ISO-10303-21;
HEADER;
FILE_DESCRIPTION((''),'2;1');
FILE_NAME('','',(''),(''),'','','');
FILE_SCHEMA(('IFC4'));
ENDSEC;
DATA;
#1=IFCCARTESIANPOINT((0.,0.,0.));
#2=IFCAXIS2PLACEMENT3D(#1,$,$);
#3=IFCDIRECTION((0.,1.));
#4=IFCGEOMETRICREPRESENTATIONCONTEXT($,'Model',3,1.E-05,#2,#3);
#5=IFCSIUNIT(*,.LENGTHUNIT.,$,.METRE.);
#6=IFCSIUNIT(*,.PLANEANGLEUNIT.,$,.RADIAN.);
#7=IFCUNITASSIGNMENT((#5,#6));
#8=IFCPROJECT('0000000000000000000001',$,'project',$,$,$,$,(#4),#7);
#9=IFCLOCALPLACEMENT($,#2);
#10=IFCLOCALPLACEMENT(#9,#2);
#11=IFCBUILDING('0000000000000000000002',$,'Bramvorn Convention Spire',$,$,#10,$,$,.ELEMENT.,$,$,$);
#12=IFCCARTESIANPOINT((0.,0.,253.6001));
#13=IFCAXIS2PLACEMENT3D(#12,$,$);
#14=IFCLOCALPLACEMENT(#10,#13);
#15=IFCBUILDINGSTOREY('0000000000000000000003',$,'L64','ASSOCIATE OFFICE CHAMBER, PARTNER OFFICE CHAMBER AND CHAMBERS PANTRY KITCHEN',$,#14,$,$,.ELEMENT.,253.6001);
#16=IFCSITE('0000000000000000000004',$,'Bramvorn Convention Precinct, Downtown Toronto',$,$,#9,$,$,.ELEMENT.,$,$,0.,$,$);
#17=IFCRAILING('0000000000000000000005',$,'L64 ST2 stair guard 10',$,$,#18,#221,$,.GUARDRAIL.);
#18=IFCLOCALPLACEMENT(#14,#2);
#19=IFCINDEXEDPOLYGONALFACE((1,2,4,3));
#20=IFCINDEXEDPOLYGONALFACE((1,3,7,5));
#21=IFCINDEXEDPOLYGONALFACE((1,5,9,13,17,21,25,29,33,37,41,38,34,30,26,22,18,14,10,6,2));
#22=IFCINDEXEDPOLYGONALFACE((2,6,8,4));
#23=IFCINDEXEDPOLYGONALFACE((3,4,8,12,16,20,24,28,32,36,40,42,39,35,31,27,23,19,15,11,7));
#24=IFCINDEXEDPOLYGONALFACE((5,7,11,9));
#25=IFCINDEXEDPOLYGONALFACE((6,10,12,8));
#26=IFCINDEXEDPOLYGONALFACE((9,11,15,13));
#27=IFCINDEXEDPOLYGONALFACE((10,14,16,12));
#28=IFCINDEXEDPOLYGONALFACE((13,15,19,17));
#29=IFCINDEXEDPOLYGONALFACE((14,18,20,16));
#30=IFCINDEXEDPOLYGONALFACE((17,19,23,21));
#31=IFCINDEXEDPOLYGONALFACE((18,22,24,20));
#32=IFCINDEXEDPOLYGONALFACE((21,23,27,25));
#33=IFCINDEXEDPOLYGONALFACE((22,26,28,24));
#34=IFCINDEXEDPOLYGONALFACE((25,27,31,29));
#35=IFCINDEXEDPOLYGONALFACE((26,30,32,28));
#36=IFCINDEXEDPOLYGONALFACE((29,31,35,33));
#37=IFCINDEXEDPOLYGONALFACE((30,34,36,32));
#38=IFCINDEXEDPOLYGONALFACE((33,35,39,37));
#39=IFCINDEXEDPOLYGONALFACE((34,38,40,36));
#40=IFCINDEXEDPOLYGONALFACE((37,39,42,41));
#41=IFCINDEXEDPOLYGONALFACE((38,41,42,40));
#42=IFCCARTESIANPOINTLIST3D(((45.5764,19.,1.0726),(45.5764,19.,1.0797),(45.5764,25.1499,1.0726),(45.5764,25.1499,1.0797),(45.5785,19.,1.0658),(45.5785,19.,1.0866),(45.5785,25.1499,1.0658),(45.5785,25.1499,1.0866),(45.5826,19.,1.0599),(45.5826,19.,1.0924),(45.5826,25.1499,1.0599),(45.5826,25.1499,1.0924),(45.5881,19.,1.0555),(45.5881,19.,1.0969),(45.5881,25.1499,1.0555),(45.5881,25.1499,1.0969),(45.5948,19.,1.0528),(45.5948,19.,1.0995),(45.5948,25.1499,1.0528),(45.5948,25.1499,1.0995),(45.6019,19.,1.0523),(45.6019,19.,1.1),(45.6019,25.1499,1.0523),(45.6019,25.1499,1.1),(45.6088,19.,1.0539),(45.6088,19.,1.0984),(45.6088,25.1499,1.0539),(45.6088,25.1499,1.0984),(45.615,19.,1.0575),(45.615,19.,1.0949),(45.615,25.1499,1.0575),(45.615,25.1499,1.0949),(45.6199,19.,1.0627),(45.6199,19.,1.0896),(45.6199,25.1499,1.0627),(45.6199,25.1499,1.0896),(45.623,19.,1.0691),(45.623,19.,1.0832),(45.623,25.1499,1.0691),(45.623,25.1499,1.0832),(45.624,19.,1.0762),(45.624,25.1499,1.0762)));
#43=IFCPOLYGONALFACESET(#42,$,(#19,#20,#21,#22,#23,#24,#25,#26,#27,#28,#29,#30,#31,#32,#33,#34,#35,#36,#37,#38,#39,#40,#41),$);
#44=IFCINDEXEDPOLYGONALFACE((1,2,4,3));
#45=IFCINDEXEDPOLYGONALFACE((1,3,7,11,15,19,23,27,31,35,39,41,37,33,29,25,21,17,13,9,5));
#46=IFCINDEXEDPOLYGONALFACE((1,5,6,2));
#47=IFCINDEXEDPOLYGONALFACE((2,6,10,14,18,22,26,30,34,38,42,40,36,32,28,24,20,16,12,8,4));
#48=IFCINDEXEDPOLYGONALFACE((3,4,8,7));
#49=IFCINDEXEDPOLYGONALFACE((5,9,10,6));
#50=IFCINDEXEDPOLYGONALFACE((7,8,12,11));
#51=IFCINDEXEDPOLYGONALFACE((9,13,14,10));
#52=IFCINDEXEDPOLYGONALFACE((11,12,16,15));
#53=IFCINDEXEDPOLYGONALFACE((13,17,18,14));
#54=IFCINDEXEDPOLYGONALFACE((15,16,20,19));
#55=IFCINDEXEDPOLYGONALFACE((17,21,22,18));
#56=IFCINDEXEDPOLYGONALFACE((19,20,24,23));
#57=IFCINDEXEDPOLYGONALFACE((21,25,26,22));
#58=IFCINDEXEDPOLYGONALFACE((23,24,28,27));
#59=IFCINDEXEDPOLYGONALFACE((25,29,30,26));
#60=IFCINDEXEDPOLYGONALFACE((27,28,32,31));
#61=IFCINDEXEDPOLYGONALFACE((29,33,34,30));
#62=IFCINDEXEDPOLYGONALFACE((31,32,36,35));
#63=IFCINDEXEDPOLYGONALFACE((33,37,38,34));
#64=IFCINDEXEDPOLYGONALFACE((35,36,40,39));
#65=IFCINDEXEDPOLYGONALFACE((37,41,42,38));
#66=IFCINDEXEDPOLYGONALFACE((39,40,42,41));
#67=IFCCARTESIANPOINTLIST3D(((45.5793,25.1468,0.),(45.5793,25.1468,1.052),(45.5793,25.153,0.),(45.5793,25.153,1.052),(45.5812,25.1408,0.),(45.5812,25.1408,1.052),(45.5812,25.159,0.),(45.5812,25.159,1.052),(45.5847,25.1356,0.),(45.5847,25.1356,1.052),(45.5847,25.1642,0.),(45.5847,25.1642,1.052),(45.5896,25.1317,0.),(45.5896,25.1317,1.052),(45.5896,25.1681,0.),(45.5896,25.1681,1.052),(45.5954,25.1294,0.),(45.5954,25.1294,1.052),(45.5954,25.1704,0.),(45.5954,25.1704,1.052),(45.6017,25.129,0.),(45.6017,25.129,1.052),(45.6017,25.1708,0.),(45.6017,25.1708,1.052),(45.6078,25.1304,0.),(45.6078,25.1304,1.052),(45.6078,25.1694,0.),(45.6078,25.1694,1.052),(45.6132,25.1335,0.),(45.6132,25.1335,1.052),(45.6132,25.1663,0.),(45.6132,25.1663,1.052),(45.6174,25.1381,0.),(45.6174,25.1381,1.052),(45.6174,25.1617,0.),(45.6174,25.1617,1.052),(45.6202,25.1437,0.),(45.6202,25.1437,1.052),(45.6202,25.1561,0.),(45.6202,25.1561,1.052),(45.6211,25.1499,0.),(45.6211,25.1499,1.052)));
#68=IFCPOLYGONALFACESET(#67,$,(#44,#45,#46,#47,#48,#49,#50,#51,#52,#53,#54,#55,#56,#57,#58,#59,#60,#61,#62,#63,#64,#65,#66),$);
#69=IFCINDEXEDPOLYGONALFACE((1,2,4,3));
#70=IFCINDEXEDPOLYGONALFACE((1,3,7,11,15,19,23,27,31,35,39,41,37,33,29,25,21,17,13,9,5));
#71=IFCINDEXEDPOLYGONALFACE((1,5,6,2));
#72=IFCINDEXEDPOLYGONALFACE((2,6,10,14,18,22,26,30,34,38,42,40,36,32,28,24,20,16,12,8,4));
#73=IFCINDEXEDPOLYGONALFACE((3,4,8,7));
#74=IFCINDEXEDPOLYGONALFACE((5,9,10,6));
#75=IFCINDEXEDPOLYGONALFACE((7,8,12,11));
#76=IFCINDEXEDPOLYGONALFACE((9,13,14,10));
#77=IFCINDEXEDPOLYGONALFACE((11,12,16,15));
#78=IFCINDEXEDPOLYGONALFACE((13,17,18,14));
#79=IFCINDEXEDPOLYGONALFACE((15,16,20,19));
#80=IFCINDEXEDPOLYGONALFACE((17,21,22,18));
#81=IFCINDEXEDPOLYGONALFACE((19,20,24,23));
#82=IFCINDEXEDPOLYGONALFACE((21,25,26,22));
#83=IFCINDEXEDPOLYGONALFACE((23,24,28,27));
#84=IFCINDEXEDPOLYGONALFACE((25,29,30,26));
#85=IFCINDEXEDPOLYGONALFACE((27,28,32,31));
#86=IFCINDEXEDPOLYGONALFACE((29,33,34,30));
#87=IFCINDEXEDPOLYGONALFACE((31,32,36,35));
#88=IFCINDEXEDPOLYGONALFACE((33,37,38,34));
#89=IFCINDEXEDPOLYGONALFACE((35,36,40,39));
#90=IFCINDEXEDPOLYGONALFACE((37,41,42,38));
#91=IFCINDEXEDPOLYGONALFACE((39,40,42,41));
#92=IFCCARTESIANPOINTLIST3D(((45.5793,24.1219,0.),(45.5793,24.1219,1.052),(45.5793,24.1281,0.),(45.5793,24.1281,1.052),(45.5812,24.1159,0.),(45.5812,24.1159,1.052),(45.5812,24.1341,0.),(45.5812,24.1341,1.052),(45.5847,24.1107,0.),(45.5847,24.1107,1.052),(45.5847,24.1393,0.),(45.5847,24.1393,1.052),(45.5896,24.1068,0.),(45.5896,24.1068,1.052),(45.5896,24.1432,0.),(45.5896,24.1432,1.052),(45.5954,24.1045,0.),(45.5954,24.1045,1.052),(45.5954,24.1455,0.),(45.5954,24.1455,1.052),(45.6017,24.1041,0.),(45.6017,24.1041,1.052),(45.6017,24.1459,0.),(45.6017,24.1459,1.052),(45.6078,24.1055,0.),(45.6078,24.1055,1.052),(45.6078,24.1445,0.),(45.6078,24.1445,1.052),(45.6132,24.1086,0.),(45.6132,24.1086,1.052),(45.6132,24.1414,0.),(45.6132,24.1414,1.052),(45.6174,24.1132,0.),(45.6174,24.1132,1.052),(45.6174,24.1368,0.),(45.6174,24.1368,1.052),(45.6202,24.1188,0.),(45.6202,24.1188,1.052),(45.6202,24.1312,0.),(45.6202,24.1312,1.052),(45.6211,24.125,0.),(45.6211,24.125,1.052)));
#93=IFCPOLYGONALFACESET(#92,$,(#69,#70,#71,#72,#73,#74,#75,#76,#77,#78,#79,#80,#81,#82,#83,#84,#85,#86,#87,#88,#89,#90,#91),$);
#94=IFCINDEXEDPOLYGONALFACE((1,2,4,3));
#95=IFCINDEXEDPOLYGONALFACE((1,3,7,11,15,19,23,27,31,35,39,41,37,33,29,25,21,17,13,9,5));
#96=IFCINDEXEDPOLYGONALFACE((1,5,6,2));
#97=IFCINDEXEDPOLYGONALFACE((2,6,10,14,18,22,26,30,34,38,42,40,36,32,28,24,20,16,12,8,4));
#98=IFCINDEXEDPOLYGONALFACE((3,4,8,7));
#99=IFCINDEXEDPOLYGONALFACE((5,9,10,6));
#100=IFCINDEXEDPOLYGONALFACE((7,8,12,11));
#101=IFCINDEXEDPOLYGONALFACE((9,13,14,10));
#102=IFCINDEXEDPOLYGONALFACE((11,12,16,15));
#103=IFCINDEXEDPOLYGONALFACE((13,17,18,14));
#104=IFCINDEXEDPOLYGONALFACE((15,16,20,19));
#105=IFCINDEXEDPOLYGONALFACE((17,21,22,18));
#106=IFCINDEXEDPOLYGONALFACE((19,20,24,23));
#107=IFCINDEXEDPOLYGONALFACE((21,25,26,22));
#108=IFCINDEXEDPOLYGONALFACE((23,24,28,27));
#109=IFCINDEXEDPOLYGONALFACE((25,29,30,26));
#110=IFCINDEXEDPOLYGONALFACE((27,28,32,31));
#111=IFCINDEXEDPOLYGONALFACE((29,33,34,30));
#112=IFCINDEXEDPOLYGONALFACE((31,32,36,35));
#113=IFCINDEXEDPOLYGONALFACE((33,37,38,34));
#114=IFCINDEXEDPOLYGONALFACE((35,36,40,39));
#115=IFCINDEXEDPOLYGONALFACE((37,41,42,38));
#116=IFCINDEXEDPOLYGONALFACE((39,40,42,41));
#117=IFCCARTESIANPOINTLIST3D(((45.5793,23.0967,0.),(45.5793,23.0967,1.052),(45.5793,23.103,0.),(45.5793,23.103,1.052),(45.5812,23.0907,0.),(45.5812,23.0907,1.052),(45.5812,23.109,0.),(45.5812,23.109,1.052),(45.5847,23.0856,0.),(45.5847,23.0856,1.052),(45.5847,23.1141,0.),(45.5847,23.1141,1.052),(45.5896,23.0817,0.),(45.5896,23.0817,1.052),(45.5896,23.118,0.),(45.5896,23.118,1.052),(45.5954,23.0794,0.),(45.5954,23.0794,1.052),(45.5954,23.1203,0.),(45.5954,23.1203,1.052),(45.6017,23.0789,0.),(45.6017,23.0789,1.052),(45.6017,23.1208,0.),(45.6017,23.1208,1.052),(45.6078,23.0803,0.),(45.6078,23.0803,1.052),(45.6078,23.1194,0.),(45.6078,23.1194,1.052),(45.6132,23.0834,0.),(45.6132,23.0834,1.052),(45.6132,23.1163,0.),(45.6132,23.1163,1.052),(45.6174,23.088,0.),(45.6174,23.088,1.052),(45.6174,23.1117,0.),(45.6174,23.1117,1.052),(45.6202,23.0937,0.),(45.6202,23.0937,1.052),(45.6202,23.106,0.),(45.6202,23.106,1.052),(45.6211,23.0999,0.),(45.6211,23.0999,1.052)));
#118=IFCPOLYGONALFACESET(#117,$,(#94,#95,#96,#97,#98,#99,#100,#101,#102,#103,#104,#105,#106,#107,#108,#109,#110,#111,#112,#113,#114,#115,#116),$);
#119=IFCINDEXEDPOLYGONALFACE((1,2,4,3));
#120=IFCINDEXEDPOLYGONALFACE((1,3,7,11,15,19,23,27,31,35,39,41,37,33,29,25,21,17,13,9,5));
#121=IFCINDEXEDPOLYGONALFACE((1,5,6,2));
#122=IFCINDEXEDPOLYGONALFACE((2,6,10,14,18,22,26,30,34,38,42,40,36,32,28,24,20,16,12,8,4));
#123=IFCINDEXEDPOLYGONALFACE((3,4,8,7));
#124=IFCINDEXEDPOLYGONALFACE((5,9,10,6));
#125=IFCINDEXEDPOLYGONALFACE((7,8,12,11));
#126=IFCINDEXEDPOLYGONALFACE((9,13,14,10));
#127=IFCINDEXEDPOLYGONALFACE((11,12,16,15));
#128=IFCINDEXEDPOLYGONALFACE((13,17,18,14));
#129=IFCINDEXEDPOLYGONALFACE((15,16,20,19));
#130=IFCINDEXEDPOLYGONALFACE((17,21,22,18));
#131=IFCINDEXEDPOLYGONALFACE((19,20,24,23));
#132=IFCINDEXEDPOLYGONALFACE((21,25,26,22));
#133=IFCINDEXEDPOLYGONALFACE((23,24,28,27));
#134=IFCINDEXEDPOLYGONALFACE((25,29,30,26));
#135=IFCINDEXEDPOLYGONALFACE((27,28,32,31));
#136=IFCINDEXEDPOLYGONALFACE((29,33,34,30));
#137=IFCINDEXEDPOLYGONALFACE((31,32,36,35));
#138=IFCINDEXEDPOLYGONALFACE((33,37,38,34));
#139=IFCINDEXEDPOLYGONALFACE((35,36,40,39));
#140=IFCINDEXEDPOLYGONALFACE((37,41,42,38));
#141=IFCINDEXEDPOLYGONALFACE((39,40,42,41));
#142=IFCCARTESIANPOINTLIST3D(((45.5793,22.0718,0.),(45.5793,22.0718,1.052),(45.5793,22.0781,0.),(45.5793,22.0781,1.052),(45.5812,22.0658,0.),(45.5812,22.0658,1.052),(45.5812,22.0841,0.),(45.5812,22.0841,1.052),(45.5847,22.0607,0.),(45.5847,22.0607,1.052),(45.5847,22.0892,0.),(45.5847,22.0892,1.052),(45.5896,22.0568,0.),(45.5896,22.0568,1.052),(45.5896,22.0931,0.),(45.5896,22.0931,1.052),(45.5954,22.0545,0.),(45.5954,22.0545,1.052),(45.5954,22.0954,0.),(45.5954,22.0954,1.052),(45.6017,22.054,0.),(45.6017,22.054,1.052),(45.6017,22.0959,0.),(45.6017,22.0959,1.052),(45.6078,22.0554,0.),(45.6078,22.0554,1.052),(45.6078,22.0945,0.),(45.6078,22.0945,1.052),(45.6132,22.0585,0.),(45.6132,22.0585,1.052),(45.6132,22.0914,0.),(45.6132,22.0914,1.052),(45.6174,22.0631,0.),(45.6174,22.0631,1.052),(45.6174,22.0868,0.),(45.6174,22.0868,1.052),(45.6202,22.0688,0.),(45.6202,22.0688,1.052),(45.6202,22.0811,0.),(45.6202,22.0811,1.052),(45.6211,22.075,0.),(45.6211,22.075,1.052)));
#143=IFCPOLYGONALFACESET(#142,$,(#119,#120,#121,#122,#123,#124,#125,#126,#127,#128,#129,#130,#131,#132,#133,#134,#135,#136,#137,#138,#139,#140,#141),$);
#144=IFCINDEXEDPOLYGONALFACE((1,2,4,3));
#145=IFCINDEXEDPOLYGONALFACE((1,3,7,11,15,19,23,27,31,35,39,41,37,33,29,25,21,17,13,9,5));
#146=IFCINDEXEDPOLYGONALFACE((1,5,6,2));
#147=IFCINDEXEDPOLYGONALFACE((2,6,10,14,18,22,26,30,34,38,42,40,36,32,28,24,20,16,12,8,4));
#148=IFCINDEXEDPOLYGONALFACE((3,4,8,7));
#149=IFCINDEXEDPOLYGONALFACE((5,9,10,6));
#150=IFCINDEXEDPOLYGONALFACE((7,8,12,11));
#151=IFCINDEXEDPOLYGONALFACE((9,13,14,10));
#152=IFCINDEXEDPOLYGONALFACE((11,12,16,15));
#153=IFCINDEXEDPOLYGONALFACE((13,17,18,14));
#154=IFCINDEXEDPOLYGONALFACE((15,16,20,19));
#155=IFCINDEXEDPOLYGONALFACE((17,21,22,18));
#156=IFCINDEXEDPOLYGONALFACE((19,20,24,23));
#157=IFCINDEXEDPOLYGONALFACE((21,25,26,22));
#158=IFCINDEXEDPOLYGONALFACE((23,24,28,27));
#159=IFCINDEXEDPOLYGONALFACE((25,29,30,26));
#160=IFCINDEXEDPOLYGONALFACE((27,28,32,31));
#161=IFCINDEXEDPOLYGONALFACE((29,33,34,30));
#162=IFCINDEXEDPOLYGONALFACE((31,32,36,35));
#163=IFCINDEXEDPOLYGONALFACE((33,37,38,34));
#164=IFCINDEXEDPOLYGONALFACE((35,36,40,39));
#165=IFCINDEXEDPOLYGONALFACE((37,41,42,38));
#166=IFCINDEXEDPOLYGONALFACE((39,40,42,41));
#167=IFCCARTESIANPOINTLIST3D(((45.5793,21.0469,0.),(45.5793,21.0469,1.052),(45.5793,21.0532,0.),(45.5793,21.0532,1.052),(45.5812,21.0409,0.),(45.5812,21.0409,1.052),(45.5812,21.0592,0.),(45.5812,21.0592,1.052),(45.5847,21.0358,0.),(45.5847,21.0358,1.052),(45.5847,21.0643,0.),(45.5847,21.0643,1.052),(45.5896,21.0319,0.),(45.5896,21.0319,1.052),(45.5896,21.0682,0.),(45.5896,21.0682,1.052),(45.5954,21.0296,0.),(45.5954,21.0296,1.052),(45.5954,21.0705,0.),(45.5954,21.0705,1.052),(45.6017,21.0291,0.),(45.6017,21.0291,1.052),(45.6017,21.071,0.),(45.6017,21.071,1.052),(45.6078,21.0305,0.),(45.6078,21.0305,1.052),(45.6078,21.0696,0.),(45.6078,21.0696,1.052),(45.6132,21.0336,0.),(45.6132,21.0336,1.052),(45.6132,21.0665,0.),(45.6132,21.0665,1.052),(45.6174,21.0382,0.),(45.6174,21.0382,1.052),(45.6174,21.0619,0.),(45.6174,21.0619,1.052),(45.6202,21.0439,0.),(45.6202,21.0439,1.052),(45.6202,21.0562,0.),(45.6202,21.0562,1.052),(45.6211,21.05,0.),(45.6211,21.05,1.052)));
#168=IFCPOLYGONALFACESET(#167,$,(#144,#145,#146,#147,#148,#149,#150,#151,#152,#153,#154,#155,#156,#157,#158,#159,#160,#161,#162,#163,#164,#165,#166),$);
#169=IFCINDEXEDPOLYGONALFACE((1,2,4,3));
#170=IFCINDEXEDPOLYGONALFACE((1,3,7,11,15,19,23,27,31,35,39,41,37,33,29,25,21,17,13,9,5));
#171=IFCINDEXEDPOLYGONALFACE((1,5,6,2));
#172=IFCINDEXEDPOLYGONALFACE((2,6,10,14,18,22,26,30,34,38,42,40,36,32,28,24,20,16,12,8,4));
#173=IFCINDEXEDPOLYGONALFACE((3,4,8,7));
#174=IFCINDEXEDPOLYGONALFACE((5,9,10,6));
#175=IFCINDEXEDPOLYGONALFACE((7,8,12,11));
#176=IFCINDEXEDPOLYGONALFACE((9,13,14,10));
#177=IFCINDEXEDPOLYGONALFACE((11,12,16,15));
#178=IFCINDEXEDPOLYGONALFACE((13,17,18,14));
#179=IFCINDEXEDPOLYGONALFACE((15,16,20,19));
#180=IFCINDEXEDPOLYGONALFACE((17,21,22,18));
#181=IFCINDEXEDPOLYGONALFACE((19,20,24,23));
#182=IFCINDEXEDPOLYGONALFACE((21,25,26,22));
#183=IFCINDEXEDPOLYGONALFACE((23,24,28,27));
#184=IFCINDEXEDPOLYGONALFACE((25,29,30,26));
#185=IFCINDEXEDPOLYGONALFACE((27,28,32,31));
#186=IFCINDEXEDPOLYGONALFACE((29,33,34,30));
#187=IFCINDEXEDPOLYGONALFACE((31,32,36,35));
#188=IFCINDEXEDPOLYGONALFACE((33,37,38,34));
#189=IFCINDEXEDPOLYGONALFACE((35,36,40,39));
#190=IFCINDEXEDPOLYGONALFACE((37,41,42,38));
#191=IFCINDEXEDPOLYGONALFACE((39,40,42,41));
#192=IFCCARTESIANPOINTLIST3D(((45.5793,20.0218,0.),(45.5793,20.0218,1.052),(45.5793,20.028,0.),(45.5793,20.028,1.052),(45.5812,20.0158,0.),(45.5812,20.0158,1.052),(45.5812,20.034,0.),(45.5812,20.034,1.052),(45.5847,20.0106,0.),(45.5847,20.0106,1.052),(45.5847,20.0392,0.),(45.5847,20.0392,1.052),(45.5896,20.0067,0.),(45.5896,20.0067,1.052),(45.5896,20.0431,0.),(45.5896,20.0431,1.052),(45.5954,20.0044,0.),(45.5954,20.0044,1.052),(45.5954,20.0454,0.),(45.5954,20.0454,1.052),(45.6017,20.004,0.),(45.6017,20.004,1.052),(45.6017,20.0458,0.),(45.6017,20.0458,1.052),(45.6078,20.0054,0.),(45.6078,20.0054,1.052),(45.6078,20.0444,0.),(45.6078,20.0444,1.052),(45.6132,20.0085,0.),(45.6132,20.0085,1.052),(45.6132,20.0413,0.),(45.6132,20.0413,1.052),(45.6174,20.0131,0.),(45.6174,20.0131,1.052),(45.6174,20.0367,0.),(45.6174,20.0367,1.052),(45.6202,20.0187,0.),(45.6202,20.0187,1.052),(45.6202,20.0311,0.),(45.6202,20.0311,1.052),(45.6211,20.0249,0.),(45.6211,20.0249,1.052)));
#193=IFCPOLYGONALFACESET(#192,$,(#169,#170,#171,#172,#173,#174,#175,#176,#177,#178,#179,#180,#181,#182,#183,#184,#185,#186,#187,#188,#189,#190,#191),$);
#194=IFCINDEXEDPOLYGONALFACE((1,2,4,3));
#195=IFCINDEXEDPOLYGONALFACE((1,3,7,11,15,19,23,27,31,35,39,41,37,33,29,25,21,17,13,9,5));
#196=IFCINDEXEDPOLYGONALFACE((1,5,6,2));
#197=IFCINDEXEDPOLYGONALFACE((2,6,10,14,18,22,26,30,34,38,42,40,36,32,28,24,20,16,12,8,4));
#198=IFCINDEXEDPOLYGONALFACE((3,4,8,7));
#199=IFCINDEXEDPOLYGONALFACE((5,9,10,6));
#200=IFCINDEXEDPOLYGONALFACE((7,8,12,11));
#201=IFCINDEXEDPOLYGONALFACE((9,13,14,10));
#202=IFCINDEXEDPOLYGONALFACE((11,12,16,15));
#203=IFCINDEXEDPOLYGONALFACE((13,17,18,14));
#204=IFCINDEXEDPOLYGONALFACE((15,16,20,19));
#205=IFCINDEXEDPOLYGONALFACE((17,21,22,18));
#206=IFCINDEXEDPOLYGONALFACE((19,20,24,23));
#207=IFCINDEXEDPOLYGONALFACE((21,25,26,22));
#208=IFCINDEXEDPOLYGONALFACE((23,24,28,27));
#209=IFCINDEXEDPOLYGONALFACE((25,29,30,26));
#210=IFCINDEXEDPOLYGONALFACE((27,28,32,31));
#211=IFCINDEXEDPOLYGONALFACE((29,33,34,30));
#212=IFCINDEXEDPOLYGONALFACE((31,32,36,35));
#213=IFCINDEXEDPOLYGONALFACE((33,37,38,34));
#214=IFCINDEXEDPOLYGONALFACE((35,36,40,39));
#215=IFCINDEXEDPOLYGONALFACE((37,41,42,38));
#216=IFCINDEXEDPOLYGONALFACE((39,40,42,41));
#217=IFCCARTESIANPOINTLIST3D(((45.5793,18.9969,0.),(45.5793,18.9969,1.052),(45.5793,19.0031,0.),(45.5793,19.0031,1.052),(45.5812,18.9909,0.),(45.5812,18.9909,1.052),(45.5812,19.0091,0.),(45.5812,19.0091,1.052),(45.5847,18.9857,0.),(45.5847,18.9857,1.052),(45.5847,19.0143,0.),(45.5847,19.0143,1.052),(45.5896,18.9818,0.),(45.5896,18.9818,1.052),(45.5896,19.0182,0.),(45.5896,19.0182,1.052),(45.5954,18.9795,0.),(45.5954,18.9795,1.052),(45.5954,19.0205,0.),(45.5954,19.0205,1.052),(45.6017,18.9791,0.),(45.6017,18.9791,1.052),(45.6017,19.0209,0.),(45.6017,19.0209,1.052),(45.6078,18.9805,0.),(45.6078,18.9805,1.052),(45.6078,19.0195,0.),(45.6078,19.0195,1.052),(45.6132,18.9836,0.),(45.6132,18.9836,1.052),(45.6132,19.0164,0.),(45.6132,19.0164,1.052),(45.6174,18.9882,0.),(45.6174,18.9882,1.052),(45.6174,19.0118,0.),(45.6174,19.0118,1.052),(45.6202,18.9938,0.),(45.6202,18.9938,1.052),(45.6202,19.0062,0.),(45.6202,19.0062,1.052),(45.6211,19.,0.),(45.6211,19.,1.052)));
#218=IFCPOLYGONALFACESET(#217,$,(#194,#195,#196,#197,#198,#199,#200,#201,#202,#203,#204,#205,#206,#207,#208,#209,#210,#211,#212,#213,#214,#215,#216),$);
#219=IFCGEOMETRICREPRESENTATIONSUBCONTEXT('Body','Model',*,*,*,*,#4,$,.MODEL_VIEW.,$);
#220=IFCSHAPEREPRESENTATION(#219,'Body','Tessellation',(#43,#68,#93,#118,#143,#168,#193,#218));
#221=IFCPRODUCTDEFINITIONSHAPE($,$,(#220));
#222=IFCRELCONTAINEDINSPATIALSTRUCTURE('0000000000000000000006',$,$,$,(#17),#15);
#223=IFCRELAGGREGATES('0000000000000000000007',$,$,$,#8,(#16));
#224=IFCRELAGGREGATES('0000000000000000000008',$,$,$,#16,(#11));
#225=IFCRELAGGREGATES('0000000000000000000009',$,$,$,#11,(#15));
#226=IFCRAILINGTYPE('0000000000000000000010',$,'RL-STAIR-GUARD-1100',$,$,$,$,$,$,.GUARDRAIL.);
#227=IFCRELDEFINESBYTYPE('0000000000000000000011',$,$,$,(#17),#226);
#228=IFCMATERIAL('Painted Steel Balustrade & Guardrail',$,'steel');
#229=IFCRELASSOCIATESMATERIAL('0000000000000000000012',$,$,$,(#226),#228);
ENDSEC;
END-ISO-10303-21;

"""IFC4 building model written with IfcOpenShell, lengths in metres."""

from ifc_helpers import new_model, si_unit, direction, frame, origin, origin_2d, place, context, subcontext, project, spatial, circle, extrude, material, type_object, element, save


model = new_model("IFC4")

# Units and contexts
model_context = context("Model", 3, precision=1e-05, world=origin(), true_north=direction((0.0, 1.0)))
body_context = subcontext(model_context, "Body", "Model", "MODEL_VIEW")
ifc_project = project(units=[si_unit("LENGTHUNIT", "METRE"), si_unit("PLANEANGLEUNIT", "RADIAN")], contexts=[model_context])

# Site, building, storey
site_placement = place(None, origin())
site = spatial("IfcSite", under=ifc_project, at=site_placement, Name="Bramvorn Convention Precinct, Downtown Toronto", CompositionType="ELEMENT", RefElevation=0.0)
building_placement = place(site_placement, origin())
building = spatial("IfcBuilding", under=site, at=building_placement, Name="Bramvorn Convention Spire", CompositionType="ELEMENT")
storey_placement = place(building_placement, frame((0.0, 0.0, 253.6001)))
storey = spatial("IfcBuildingStorey", under=building, at=storey_placement, Name="L64", Description="ASSOCIATE OFFICE CHAMBER, PARTNER OFFICE CHAMBER AND CHAMBERS PANTRY KITCHEN", CompositionType="ELEMENT", Elevation=253.6001)

# Railing
ifc_material_1 = material(Name="Painted Steel Balustrade & Guardrail", Category="steel")
railing_type_1 = type_object("IfcRailingType", Name="RL-STAIR-GUARD-1100", PredefinedType="GUARDRAIL", material=ifc_material_1)
railing_1_placement = place(storey_placement, frame((45.6001, 25.1499, 0.0)))
element("IfcRailing", 1, at=railing_1_placement, inside=storey, type_object=railing_type_1, Name="L64 ST2 stair guard 10", PredefinedType="GUARDRAIL", context=body_context, shape_type="SweptSolid", body=[
    extrude(circle(Radius=0.0239, at=origin_2d()), frame((0.0, 0.0, 1.0762), z_axis=(0.0, -1.0, 0.0), x_axis=(1.0, 0.0, 0.0)), (0.0, 0.0, 1.0), 6.1499),
    extrude(circle(Radius=0.021, at=origin_2d()), origin(), (0.0, 0.0, 1.0), 1.052),
    extrude(circle(Radius=0.021, at=origin_2d()), frame((0.0, -1.0249, 0.0)), (0.0, 0.0, 1.0), 1.052),
    extrude(circle(Radius=0.021, at=origin_2d()), frame((0.0, -2.05, 0.0)), (0.0, 0.0, 1.0), 1.052),
    extrude(circle(Radius=0.021, at=origin_2d()), frame((0.0, -3.075, 0.0)), (0.0, 0.0, 1.0), 1.052),
    extrude(circle(Radius=0.021, at=origin_2d()), frame((0.0, -4.0999, 0.0)), (0.0, 0.0, 1.0), 1.052),
    extrude(circle(Radius=0.021, at=origin_2d()), frame((0.0, -5.125, 0.0)), (0.0, 0.0, 1.0), 1.052),
    extrude(circle(Radius=0.021, at=origin_2d()), frame((0.0, -6.1499, 0.0)), (0.0, 0.0, 1.0), 1.052),
])

save(model, "model.ifc")
